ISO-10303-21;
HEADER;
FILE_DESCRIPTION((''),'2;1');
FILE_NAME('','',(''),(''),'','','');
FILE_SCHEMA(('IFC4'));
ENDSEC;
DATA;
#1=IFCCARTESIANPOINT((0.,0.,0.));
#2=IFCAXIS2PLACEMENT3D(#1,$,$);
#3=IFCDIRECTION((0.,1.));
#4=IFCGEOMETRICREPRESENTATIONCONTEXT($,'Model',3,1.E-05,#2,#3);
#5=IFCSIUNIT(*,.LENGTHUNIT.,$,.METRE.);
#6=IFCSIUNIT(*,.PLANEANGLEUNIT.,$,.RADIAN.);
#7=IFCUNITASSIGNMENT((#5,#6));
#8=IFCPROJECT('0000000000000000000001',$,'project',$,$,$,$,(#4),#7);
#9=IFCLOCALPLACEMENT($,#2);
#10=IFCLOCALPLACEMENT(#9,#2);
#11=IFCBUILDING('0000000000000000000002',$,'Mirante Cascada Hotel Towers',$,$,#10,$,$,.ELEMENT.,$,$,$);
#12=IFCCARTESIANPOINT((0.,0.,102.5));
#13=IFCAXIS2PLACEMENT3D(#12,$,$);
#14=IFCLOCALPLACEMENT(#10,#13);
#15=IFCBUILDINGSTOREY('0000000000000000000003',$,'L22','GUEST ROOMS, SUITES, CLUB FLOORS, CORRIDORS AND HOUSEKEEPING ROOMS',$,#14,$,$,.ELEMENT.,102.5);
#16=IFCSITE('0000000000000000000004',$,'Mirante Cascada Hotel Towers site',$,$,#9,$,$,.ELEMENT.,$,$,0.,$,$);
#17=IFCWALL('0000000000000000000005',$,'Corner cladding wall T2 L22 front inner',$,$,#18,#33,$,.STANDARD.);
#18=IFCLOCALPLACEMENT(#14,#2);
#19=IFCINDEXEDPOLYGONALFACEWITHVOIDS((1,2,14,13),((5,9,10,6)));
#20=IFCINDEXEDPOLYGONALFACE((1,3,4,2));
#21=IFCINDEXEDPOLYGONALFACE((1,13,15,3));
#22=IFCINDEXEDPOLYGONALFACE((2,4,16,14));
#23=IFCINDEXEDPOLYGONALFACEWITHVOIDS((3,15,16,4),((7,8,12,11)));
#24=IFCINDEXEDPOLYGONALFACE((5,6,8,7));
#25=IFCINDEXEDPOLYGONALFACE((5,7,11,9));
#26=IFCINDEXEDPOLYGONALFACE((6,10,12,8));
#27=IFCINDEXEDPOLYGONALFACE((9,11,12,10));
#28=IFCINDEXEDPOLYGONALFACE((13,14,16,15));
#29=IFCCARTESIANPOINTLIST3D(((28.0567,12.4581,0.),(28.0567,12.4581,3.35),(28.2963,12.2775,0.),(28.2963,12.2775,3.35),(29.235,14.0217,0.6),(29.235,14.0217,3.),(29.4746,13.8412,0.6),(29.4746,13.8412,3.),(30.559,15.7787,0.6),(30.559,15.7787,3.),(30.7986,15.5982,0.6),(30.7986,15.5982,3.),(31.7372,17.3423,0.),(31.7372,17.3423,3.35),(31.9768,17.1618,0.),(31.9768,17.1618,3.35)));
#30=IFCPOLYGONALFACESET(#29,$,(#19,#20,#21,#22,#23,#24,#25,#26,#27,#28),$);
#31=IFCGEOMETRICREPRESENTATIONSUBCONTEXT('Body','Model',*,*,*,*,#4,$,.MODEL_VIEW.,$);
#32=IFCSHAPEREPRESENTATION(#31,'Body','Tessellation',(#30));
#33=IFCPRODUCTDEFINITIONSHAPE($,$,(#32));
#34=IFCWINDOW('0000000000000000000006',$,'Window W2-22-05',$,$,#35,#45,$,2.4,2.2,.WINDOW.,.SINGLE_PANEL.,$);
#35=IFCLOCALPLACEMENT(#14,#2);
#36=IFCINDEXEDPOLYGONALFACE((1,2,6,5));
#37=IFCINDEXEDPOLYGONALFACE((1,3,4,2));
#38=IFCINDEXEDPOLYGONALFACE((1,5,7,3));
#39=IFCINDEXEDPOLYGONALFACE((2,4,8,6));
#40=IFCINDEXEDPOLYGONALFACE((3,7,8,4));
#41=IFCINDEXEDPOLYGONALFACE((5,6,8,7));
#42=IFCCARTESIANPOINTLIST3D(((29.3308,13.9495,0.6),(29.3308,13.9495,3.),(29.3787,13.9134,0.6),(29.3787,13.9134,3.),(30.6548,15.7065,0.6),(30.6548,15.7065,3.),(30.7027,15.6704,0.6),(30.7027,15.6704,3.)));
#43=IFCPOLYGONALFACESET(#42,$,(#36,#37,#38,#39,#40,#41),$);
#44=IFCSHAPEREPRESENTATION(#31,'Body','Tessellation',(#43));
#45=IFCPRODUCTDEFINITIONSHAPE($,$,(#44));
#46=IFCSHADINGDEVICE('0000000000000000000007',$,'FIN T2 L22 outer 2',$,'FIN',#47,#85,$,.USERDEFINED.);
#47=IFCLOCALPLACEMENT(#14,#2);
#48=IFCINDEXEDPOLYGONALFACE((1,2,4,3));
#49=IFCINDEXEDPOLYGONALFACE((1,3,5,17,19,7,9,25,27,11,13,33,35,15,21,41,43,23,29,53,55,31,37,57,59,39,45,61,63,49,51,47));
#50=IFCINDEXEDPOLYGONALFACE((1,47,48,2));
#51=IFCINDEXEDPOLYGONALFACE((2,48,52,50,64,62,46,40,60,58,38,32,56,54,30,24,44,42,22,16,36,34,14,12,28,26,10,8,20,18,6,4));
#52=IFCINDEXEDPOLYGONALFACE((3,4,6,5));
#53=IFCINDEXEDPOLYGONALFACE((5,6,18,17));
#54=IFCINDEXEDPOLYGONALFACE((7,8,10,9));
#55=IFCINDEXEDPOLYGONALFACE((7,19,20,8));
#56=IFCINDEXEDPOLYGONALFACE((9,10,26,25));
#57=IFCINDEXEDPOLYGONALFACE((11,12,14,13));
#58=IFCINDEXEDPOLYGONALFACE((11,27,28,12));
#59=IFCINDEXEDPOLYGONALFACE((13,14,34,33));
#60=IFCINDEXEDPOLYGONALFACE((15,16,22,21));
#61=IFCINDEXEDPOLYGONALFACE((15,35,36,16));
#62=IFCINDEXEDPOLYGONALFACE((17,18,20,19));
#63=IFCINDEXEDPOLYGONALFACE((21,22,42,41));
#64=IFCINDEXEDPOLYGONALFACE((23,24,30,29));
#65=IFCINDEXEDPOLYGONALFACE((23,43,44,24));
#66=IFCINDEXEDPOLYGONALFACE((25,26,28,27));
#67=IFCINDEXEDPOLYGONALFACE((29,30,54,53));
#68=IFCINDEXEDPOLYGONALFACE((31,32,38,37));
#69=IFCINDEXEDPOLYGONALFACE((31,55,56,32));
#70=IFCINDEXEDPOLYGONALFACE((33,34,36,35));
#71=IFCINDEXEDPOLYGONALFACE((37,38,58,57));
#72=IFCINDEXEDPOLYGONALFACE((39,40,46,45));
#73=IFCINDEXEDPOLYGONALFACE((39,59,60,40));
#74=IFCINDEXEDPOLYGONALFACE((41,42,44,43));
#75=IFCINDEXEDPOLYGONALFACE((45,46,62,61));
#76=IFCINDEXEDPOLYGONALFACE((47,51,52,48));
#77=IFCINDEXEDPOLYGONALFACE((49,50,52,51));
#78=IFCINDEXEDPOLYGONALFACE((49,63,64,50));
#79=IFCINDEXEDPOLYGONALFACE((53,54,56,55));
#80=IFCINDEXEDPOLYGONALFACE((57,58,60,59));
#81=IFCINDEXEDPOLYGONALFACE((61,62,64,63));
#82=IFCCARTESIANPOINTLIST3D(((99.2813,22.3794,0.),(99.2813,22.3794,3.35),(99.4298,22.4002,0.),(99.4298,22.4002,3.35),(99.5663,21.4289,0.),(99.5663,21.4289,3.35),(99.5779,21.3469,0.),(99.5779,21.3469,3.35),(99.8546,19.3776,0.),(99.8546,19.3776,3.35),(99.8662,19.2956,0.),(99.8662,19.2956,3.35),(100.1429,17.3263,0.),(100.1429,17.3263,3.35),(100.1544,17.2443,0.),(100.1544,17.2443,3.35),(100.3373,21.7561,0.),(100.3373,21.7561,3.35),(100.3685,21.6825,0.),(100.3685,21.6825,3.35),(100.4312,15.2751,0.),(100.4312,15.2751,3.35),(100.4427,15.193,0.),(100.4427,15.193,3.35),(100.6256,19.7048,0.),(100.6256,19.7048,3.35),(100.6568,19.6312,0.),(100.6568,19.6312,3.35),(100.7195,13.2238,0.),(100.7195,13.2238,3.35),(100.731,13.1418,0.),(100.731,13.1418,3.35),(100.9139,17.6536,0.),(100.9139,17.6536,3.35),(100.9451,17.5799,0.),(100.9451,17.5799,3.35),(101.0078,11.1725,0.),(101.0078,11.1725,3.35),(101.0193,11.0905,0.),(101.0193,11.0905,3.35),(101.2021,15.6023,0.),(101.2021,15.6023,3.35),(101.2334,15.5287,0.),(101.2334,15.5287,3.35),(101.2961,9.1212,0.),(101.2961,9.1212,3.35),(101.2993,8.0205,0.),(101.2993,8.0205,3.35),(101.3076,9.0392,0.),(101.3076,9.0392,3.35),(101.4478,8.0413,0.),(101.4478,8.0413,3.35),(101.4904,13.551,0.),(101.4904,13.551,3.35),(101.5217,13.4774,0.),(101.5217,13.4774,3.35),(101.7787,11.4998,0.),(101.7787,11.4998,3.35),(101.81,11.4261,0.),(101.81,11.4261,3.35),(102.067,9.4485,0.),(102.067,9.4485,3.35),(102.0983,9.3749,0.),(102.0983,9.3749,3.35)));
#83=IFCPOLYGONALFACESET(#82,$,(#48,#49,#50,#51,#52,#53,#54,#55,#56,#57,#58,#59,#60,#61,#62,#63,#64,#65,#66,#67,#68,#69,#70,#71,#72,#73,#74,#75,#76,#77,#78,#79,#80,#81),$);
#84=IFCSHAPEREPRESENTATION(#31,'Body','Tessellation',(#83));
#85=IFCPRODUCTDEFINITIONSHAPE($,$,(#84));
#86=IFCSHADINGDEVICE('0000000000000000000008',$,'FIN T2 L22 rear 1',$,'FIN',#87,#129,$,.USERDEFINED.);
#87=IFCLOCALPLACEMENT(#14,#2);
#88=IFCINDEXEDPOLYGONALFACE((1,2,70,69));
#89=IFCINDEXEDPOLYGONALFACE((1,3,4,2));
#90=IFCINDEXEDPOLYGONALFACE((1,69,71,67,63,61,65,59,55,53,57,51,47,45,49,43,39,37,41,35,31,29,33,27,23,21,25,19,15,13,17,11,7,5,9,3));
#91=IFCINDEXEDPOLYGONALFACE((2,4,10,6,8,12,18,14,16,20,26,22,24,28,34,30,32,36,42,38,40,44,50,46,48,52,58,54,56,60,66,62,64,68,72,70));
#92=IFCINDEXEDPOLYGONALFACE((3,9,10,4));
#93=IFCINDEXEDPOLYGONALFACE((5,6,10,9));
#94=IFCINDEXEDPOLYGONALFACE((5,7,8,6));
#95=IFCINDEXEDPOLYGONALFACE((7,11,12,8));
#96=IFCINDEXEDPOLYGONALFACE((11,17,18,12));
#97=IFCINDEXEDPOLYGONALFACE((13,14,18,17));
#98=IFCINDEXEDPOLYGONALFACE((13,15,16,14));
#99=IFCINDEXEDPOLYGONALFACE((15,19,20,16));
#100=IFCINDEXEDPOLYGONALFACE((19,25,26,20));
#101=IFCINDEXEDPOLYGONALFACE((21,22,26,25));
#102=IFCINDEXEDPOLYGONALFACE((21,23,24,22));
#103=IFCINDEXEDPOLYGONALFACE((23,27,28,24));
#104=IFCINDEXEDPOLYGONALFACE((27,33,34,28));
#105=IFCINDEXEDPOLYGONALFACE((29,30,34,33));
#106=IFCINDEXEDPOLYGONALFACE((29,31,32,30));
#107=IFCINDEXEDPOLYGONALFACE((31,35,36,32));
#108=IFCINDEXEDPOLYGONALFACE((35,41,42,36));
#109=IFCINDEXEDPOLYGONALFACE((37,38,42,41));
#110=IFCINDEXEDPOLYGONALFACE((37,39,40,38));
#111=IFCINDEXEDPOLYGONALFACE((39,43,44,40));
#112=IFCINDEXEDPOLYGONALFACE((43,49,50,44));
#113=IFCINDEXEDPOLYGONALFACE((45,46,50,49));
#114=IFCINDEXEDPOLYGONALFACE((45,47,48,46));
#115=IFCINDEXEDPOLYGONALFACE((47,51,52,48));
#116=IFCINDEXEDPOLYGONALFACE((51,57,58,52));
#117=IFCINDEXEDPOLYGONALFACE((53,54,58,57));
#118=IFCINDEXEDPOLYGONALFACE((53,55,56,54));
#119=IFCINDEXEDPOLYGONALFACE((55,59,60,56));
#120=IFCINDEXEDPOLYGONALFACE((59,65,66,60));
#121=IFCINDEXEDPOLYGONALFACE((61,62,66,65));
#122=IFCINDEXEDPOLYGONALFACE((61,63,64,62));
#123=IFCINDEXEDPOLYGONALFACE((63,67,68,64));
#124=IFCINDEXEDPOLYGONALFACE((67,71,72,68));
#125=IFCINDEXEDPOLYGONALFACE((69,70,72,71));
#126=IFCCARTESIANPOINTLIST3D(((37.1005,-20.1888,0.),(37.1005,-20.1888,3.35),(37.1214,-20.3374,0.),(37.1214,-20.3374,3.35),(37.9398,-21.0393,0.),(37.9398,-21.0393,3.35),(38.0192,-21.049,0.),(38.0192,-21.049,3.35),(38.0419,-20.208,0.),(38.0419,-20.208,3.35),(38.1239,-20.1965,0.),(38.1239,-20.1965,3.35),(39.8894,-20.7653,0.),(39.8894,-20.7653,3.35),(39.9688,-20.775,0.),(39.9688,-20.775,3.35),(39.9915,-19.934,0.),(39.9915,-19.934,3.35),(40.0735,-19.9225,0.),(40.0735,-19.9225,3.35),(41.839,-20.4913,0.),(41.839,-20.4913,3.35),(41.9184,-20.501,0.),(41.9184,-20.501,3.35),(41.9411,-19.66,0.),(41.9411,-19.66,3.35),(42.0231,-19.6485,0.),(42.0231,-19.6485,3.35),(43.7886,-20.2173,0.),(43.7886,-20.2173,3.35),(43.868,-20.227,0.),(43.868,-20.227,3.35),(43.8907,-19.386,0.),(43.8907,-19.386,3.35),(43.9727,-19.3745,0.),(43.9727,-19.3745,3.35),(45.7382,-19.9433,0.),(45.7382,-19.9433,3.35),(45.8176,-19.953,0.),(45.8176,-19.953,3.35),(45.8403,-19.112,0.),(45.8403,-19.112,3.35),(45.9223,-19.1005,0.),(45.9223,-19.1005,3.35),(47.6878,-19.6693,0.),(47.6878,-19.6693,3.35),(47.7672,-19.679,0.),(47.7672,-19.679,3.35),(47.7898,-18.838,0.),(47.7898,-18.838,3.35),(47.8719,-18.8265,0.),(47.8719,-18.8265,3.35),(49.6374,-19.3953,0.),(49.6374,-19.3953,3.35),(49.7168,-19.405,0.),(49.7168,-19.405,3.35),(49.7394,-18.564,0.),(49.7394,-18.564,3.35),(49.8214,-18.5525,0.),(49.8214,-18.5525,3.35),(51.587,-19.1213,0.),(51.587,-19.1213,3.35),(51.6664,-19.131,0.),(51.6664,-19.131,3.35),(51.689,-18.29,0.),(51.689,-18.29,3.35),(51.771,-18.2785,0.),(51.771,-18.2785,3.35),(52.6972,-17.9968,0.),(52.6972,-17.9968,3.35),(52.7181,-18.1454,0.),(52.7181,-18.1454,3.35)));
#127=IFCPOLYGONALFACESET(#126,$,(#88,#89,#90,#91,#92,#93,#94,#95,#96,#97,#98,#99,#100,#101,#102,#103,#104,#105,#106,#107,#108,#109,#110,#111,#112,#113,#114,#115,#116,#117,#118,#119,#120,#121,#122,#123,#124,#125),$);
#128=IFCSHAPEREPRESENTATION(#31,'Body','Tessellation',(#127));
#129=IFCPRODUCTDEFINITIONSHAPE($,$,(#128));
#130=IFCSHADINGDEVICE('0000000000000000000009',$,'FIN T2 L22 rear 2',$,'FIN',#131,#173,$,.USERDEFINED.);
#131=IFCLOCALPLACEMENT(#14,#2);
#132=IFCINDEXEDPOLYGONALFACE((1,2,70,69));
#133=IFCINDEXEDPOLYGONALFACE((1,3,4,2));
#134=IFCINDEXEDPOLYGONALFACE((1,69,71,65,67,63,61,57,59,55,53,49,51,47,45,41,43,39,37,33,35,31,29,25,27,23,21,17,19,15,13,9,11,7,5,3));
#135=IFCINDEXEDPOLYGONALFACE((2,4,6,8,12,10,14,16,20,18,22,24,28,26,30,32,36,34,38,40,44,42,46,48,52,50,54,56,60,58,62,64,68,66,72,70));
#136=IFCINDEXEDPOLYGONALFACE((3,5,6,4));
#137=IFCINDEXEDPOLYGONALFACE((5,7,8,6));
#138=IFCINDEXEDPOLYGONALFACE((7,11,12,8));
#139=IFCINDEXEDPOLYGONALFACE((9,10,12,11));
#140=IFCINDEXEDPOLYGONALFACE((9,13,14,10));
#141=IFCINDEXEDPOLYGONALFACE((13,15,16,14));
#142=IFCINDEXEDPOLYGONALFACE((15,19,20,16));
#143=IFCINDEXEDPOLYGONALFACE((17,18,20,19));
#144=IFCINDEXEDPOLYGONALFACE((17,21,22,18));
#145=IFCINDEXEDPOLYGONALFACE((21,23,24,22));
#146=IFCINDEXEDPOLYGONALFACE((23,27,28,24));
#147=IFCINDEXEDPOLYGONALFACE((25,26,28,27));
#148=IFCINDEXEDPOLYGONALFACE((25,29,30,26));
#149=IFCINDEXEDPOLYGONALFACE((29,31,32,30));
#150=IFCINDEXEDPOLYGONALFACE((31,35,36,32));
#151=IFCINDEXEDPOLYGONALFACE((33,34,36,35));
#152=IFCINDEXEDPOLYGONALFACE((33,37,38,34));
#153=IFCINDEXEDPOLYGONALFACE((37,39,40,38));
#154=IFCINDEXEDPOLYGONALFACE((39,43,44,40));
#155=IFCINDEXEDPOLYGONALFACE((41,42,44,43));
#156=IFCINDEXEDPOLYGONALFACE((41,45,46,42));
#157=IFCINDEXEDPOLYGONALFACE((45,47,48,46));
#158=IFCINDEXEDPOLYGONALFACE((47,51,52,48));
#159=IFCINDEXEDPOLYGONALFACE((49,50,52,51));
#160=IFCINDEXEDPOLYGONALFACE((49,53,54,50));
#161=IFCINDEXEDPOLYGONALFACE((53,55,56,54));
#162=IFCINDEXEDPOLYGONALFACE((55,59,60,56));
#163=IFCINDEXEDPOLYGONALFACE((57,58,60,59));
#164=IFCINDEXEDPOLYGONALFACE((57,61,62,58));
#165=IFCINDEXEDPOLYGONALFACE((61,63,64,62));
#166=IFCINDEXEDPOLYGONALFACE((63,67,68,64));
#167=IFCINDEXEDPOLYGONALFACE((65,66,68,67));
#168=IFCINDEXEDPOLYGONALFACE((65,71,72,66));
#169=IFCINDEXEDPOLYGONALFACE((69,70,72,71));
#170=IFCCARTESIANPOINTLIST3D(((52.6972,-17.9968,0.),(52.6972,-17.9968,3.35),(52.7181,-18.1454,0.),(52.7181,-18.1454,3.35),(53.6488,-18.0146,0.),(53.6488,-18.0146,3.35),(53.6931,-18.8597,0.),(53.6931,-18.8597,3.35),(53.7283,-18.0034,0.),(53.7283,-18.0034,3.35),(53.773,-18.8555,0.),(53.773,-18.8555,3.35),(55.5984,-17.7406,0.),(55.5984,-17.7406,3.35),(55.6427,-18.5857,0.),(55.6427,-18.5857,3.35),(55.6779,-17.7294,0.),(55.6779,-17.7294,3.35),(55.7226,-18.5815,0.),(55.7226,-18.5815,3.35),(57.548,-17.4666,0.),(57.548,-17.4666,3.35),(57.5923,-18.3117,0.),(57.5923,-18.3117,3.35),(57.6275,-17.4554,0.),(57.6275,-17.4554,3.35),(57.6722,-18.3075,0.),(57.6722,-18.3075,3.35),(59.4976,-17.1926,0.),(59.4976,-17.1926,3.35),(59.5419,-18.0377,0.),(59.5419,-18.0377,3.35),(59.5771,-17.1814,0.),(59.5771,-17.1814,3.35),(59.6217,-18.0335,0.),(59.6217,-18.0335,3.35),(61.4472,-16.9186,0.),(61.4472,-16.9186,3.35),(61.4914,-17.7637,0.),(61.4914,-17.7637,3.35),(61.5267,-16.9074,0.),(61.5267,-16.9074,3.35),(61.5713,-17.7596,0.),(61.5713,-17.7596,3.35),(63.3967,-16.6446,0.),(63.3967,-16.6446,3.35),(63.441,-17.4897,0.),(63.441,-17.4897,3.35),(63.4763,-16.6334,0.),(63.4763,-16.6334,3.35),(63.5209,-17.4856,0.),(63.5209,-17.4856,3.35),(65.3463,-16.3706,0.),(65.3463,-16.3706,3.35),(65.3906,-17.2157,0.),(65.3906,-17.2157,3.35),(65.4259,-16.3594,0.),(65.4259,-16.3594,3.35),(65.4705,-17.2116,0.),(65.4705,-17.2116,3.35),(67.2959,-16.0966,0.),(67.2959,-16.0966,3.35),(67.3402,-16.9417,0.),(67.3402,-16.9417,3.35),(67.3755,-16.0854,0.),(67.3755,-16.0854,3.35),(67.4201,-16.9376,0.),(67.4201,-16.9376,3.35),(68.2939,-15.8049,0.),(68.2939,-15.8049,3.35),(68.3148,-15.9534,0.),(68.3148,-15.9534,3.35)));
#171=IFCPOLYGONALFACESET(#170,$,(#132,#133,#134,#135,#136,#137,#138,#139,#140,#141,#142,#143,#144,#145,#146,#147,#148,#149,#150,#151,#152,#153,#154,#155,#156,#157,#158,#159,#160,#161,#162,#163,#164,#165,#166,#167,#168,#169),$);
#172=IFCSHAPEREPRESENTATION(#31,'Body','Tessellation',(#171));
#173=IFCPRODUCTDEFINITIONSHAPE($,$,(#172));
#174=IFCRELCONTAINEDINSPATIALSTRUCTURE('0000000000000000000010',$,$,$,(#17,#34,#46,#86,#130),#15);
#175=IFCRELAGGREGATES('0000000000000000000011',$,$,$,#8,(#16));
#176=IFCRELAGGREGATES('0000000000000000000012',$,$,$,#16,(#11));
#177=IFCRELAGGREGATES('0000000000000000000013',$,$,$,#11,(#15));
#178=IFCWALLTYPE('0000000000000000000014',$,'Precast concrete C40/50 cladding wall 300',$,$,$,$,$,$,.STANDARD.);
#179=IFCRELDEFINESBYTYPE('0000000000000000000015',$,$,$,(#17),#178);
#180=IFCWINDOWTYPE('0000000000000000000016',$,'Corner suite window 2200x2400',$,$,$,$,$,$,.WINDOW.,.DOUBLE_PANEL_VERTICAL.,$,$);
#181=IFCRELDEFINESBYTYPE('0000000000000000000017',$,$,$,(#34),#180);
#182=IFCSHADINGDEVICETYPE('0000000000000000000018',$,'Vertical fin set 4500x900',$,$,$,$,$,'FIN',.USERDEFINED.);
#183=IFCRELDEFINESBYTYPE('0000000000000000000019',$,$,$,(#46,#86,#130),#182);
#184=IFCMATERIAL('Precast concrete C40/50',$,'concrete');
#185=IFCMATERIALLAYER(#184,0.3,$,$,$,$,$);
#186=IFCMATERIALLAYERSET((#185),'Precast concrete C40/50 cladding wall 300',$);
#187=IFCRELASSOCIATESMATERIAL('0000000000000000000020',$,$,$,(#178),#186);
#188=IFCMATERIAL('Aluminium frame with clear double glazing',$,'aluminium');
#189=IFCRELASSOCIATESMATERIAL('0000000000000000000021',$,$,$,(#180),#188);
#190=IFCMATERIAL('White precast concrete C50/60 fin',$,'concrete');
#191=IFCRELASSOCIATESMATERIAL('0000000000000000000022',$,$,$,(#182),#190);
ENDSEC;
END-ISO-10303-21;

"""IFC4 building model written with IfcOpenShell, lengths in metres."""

from ifc_helpers import new_model, si_unit, direction, frame, frame_2d, origin, place, context, subcontext, project, spatial, polyline, rectangle, outline, extrude, material, layer, layer_set, type_object, element, fill, save


model = new_model("IFC4")

# Units and contexts
model_context = context("Model", 3, precision=1e-05, world=origin(), true_north=direction((0.0, 1.0)))
body_context = subcontext(model_context, "Body", "Model", "MODEL_VIEW")
ifc_project = project(units=[si_unit("LENGTHUNIT", "METRE"), si_unit("PLANEANGLEUNIT", "RADIAN")], contexts=[model_context])

# Site, building, storey
site_placement = place(None, origin())
site = spatial("IfcSite", under=ifc_project, at=site_placement, Name="Mirante Cascada Hotel Towers site", CompositionType="ELEMENT", RefElevation=0.0)
building_placement = place(site_placement, origin())
building = spatial("IfcBuilding", under=site, at=building_placement, Name="Mirante Cascada Hotel Towers", CompositionType="ELEMENT")
storey_placement = place(building_placement, frame((0.0, 0.0, 102.5)))
storey = spatial("IfcBuildingStorey", under=building, at=storey_placement, Name="L22", Description="GUEST ROOMS, SUITES, CLUB FLOORS, CORRIDORS AND HOUSEKEEPING ROOMS", CompositionType="ELEMENT", Elevation=102.5)

# Wall, opening, window
ifc_material_1 = material(Name="Precast concrete C40/50", Category="concrete")
ifc_layer_1 = layer(ifc_material_1, 0.3)
ifc_layer_set_1 = layer_set([ifc_layer_1], Name="Precast concrete C40/50 cladding wall 300")
wall_type_1 = type_object("IfcWallType", Name="Precast concrete C40/50 cladding wall 300", PredefinedType="STANDARD", material=ifc_layer_set_1)
wall_1_placement = place(storey_placement, frame((31.857, 17.252, 0.0), z_axis=(0.0, 0.0, 1.0), x_axis=(-0.601814, -0.798636, 0.0)))
wall_1 = element("IfcWall", 1, at=wall_1_placement, inside=storey, type_object=wall_type_1, Name="Corner cladding wall T2 L22 front inner", PredefinedType="STANDARD", context=body_context, shape_type="SweptSolid", body=[
    extrude(rectangle(XDim=6.1157, YDim=0.3, at=frame_2d((3.0578, 0.0))), origin(), (0.0, 0.0, 1.0), 3.35),
])
opening_1_placement = place(wall_1_placement, frame((1.9578, 0.0, 0.6)))
opening_1 = element("IfcOpeningElement", 2, at=opening_1_placement, cuts=wall_1, PredefinedType="OPENING", context=body_context, shape_type="SweptSolid", body=[
    extrude(rectangle(XDim=2.2, YDim=2.4, at=frame_2d((1.1, 1.2))), frame((0.0, 0.15, 0.0), z_axis=(0.0, -1.0, 0.0), x_axis=(1.0, 0.0, 0.0)), (0.0, 0.0, 1.0), 0.3),
])
ifc_material_2 = material(Name="Aluminium frame with clear double glazing", Category="aluminium")
window_type = type_object("IfcWindowType", Name="Corner suite window 2200x2400", PartitioningType="DOUBLE_PANEL_VERTICAL", PredefinedType="WINDOW", material=ifc_material_2)
window_placement = place(opening_1_placement, origin())
window = element("IfcWindow", 3, at=window_placement, inside=storey, type_object=window_type, Name="Window W2-22-05", OverallHeight=2.4, OverallWidth=2.2, PartitioningType="SINGLE_PANEL", PredefinedType="WINDOW", context=body_context, shape_type="SweptSolid", body=[
    extrude(rectangle(XDim=2.2, YDim=2.4, at=frame_2d((1.1, 1.2))), frame((0.0, 0.03, 0.0), z_axis=(0.0, -1.0, 0.0), x_axis=(1.0, 0.0, 0.0)), (0.0, 0.0, 1.0), 0.06),
])
fill(opening_1, window)

# Shading devices
ifc_material_3 = material(Name="White precast concrete C50/60 fin", Category="concrete")
shading_device_type = type_object("IfcShadingDeviceType", Name="Vertical fin set 4500x900", ElementType="FIN", PredefinedType="USERDEFINED", material=ifc_material_3)
shading_device_1_placement = place(storey_placement, origin())
element("IfcShadingDevice", 4, at=shading_device_1_placement, inside=storey, type_object=shading_device_type, Name="FIN T2 L22 outer 2", ObjectType="FIN", PredefinedType="USERDEFINED", context=body_context, shape_type="SweptSolid", body=[
    extrude(outline(polyline([(102.0983, 9.3749), (101.3076, 9.0392), (101.4478, 8.0413), (101.2993, 8.0205), (99.2813, 22.3794), (99.4298, 22.4002), (99.5663, 21.4289), (100.3373, 21.7561), (100.3685, 21.6825), (99.5779, 21.3469), (99.8546, 19.3776), (100.6256, 19.7048), (100.6568, 19.6312), (99.8662, 19.2956), (100.1429, 17.3263), (100.9139, 17.6536), (100.9451, 17.5799), (100.1544, 17.2443), (100.4312, 15.2751), (101.2021, 15.6023), (101.2334, 15.5287), (100.4427, 15.193), (100.7195, 13.2238), (101.4904, 13.551), (101.5217, 13.4774), (100.731, 13.1418), (101.0078, 11.1725), (101.7787, 11.4998), (101.81, 11.4261), (101.0193, 11.0905), (101.2961, 9.1212), (102.067, 9.4485), (102.0983, 9.3749)])), origin(), (0.0, 0.0, 1.0), 3.35),
])
shading_device_2_placement = place(storey_placement, origin())
element("IfcShadingDevice", 5, at=shading_device_2_placement, inside=storey, type_object=shading_device_type, Name="FIN T2 L22 rear 1", ObjectType="FIN", PredefinedType="USERDEFINED", context=body_context, shape_type="SweptSolid", body=[
    extrude(outline(polyline([(37.9398, -21.0393), (38.0419, -20.208), (37.1214, -20.3374), (37.1005, -20.1888), (52.6972, -17.9968), (52.7181, -18.1454), (51.771, -18.2785), (51.6664, -19.131), (51.587, -19.1213), (51.689, -18.29), (49.8214, -18.5525), (49.7168, -19.405), (49.6374, -19.3953), (49.7394, -18.564), (47.8719, -18.8265), (47.7672, -19.679), (47.6878, -19.6693), (47.7898, -18.838), (45.9223, -19.1005), (45.8176, -19.953), (45.7382, -19.9433), (45.8403, -19.112), (43.9727, -19.3745), (43.868, -20.227), (43.7886, -20.2173), (43.8907, -19.386), (42.0231, -19.6485), (41.9184, -20.501), (41.839, -20.4913), (41.9411, -19.66), (40.0735, -19.9225), (39.9688, -20.775), (39.8894, -20.7653), (39.9915, -19.934), (38.1239, -20.1965), (38.0192, -21.049), (37.9398, -21.0393)])), origin(), (0.0, 0.0, 1.0), 3.35),
])
shading_device_3_placement = place(storey_placement, origin())
element("IfcShadingDevice", 6, at=shading_device_3_placement, inside=storey, type_object=shading_device_type, Name="FIN T2 L22 rear 2", ObjectType="FIN", PredefinedType="USERDEFINED", context=body_context, shape_type="SweptSolid", body=[
    extrude(outline(polyline([(53.6931, -18.8597), (53.6488, -18.0146), (52.7181, -18.1454), (52.6972, -17.9968), (68.2939, -15.8049), (68.3148, -15.9534), (67.3755, -16.0854), (67.4201, -16.9376), (67.3402, -16.9417), (67.2959, -16.0966), (65.4259, -16.3594), (65.4705, -17.2116), (65.3906, -17.2157), (65.3463, -16.3706), (63.4763, -16.6334), (63.5209, -17.4856), (63.441, -17.4897), (63.3967, -16.6446), (61.5267, -16.9074), (61.5713, -17.7596), (61.4914, -17.7637), (61.4472, -16.9186), (59.5771, -17.1814), (59.6217, -18.0335), (59.5419, -18.0377), (59.4976, -17.1926), (57.6275, -17.4554), (57.6722, -18.3075), (57.5923, -18.3117), (57.548, -17.4666), (55.6779, -17.7294), (55.7226, -18.5815), (55.6427, -18.5857), (55.5984, -17.7406), (53.7283, -18.0034), (53.773, -18.8555), (53.6931, -18.8597)])), origin(), (0.0, 0.0, 1.0), 3.35),
])

save(model, "model.ifc")
